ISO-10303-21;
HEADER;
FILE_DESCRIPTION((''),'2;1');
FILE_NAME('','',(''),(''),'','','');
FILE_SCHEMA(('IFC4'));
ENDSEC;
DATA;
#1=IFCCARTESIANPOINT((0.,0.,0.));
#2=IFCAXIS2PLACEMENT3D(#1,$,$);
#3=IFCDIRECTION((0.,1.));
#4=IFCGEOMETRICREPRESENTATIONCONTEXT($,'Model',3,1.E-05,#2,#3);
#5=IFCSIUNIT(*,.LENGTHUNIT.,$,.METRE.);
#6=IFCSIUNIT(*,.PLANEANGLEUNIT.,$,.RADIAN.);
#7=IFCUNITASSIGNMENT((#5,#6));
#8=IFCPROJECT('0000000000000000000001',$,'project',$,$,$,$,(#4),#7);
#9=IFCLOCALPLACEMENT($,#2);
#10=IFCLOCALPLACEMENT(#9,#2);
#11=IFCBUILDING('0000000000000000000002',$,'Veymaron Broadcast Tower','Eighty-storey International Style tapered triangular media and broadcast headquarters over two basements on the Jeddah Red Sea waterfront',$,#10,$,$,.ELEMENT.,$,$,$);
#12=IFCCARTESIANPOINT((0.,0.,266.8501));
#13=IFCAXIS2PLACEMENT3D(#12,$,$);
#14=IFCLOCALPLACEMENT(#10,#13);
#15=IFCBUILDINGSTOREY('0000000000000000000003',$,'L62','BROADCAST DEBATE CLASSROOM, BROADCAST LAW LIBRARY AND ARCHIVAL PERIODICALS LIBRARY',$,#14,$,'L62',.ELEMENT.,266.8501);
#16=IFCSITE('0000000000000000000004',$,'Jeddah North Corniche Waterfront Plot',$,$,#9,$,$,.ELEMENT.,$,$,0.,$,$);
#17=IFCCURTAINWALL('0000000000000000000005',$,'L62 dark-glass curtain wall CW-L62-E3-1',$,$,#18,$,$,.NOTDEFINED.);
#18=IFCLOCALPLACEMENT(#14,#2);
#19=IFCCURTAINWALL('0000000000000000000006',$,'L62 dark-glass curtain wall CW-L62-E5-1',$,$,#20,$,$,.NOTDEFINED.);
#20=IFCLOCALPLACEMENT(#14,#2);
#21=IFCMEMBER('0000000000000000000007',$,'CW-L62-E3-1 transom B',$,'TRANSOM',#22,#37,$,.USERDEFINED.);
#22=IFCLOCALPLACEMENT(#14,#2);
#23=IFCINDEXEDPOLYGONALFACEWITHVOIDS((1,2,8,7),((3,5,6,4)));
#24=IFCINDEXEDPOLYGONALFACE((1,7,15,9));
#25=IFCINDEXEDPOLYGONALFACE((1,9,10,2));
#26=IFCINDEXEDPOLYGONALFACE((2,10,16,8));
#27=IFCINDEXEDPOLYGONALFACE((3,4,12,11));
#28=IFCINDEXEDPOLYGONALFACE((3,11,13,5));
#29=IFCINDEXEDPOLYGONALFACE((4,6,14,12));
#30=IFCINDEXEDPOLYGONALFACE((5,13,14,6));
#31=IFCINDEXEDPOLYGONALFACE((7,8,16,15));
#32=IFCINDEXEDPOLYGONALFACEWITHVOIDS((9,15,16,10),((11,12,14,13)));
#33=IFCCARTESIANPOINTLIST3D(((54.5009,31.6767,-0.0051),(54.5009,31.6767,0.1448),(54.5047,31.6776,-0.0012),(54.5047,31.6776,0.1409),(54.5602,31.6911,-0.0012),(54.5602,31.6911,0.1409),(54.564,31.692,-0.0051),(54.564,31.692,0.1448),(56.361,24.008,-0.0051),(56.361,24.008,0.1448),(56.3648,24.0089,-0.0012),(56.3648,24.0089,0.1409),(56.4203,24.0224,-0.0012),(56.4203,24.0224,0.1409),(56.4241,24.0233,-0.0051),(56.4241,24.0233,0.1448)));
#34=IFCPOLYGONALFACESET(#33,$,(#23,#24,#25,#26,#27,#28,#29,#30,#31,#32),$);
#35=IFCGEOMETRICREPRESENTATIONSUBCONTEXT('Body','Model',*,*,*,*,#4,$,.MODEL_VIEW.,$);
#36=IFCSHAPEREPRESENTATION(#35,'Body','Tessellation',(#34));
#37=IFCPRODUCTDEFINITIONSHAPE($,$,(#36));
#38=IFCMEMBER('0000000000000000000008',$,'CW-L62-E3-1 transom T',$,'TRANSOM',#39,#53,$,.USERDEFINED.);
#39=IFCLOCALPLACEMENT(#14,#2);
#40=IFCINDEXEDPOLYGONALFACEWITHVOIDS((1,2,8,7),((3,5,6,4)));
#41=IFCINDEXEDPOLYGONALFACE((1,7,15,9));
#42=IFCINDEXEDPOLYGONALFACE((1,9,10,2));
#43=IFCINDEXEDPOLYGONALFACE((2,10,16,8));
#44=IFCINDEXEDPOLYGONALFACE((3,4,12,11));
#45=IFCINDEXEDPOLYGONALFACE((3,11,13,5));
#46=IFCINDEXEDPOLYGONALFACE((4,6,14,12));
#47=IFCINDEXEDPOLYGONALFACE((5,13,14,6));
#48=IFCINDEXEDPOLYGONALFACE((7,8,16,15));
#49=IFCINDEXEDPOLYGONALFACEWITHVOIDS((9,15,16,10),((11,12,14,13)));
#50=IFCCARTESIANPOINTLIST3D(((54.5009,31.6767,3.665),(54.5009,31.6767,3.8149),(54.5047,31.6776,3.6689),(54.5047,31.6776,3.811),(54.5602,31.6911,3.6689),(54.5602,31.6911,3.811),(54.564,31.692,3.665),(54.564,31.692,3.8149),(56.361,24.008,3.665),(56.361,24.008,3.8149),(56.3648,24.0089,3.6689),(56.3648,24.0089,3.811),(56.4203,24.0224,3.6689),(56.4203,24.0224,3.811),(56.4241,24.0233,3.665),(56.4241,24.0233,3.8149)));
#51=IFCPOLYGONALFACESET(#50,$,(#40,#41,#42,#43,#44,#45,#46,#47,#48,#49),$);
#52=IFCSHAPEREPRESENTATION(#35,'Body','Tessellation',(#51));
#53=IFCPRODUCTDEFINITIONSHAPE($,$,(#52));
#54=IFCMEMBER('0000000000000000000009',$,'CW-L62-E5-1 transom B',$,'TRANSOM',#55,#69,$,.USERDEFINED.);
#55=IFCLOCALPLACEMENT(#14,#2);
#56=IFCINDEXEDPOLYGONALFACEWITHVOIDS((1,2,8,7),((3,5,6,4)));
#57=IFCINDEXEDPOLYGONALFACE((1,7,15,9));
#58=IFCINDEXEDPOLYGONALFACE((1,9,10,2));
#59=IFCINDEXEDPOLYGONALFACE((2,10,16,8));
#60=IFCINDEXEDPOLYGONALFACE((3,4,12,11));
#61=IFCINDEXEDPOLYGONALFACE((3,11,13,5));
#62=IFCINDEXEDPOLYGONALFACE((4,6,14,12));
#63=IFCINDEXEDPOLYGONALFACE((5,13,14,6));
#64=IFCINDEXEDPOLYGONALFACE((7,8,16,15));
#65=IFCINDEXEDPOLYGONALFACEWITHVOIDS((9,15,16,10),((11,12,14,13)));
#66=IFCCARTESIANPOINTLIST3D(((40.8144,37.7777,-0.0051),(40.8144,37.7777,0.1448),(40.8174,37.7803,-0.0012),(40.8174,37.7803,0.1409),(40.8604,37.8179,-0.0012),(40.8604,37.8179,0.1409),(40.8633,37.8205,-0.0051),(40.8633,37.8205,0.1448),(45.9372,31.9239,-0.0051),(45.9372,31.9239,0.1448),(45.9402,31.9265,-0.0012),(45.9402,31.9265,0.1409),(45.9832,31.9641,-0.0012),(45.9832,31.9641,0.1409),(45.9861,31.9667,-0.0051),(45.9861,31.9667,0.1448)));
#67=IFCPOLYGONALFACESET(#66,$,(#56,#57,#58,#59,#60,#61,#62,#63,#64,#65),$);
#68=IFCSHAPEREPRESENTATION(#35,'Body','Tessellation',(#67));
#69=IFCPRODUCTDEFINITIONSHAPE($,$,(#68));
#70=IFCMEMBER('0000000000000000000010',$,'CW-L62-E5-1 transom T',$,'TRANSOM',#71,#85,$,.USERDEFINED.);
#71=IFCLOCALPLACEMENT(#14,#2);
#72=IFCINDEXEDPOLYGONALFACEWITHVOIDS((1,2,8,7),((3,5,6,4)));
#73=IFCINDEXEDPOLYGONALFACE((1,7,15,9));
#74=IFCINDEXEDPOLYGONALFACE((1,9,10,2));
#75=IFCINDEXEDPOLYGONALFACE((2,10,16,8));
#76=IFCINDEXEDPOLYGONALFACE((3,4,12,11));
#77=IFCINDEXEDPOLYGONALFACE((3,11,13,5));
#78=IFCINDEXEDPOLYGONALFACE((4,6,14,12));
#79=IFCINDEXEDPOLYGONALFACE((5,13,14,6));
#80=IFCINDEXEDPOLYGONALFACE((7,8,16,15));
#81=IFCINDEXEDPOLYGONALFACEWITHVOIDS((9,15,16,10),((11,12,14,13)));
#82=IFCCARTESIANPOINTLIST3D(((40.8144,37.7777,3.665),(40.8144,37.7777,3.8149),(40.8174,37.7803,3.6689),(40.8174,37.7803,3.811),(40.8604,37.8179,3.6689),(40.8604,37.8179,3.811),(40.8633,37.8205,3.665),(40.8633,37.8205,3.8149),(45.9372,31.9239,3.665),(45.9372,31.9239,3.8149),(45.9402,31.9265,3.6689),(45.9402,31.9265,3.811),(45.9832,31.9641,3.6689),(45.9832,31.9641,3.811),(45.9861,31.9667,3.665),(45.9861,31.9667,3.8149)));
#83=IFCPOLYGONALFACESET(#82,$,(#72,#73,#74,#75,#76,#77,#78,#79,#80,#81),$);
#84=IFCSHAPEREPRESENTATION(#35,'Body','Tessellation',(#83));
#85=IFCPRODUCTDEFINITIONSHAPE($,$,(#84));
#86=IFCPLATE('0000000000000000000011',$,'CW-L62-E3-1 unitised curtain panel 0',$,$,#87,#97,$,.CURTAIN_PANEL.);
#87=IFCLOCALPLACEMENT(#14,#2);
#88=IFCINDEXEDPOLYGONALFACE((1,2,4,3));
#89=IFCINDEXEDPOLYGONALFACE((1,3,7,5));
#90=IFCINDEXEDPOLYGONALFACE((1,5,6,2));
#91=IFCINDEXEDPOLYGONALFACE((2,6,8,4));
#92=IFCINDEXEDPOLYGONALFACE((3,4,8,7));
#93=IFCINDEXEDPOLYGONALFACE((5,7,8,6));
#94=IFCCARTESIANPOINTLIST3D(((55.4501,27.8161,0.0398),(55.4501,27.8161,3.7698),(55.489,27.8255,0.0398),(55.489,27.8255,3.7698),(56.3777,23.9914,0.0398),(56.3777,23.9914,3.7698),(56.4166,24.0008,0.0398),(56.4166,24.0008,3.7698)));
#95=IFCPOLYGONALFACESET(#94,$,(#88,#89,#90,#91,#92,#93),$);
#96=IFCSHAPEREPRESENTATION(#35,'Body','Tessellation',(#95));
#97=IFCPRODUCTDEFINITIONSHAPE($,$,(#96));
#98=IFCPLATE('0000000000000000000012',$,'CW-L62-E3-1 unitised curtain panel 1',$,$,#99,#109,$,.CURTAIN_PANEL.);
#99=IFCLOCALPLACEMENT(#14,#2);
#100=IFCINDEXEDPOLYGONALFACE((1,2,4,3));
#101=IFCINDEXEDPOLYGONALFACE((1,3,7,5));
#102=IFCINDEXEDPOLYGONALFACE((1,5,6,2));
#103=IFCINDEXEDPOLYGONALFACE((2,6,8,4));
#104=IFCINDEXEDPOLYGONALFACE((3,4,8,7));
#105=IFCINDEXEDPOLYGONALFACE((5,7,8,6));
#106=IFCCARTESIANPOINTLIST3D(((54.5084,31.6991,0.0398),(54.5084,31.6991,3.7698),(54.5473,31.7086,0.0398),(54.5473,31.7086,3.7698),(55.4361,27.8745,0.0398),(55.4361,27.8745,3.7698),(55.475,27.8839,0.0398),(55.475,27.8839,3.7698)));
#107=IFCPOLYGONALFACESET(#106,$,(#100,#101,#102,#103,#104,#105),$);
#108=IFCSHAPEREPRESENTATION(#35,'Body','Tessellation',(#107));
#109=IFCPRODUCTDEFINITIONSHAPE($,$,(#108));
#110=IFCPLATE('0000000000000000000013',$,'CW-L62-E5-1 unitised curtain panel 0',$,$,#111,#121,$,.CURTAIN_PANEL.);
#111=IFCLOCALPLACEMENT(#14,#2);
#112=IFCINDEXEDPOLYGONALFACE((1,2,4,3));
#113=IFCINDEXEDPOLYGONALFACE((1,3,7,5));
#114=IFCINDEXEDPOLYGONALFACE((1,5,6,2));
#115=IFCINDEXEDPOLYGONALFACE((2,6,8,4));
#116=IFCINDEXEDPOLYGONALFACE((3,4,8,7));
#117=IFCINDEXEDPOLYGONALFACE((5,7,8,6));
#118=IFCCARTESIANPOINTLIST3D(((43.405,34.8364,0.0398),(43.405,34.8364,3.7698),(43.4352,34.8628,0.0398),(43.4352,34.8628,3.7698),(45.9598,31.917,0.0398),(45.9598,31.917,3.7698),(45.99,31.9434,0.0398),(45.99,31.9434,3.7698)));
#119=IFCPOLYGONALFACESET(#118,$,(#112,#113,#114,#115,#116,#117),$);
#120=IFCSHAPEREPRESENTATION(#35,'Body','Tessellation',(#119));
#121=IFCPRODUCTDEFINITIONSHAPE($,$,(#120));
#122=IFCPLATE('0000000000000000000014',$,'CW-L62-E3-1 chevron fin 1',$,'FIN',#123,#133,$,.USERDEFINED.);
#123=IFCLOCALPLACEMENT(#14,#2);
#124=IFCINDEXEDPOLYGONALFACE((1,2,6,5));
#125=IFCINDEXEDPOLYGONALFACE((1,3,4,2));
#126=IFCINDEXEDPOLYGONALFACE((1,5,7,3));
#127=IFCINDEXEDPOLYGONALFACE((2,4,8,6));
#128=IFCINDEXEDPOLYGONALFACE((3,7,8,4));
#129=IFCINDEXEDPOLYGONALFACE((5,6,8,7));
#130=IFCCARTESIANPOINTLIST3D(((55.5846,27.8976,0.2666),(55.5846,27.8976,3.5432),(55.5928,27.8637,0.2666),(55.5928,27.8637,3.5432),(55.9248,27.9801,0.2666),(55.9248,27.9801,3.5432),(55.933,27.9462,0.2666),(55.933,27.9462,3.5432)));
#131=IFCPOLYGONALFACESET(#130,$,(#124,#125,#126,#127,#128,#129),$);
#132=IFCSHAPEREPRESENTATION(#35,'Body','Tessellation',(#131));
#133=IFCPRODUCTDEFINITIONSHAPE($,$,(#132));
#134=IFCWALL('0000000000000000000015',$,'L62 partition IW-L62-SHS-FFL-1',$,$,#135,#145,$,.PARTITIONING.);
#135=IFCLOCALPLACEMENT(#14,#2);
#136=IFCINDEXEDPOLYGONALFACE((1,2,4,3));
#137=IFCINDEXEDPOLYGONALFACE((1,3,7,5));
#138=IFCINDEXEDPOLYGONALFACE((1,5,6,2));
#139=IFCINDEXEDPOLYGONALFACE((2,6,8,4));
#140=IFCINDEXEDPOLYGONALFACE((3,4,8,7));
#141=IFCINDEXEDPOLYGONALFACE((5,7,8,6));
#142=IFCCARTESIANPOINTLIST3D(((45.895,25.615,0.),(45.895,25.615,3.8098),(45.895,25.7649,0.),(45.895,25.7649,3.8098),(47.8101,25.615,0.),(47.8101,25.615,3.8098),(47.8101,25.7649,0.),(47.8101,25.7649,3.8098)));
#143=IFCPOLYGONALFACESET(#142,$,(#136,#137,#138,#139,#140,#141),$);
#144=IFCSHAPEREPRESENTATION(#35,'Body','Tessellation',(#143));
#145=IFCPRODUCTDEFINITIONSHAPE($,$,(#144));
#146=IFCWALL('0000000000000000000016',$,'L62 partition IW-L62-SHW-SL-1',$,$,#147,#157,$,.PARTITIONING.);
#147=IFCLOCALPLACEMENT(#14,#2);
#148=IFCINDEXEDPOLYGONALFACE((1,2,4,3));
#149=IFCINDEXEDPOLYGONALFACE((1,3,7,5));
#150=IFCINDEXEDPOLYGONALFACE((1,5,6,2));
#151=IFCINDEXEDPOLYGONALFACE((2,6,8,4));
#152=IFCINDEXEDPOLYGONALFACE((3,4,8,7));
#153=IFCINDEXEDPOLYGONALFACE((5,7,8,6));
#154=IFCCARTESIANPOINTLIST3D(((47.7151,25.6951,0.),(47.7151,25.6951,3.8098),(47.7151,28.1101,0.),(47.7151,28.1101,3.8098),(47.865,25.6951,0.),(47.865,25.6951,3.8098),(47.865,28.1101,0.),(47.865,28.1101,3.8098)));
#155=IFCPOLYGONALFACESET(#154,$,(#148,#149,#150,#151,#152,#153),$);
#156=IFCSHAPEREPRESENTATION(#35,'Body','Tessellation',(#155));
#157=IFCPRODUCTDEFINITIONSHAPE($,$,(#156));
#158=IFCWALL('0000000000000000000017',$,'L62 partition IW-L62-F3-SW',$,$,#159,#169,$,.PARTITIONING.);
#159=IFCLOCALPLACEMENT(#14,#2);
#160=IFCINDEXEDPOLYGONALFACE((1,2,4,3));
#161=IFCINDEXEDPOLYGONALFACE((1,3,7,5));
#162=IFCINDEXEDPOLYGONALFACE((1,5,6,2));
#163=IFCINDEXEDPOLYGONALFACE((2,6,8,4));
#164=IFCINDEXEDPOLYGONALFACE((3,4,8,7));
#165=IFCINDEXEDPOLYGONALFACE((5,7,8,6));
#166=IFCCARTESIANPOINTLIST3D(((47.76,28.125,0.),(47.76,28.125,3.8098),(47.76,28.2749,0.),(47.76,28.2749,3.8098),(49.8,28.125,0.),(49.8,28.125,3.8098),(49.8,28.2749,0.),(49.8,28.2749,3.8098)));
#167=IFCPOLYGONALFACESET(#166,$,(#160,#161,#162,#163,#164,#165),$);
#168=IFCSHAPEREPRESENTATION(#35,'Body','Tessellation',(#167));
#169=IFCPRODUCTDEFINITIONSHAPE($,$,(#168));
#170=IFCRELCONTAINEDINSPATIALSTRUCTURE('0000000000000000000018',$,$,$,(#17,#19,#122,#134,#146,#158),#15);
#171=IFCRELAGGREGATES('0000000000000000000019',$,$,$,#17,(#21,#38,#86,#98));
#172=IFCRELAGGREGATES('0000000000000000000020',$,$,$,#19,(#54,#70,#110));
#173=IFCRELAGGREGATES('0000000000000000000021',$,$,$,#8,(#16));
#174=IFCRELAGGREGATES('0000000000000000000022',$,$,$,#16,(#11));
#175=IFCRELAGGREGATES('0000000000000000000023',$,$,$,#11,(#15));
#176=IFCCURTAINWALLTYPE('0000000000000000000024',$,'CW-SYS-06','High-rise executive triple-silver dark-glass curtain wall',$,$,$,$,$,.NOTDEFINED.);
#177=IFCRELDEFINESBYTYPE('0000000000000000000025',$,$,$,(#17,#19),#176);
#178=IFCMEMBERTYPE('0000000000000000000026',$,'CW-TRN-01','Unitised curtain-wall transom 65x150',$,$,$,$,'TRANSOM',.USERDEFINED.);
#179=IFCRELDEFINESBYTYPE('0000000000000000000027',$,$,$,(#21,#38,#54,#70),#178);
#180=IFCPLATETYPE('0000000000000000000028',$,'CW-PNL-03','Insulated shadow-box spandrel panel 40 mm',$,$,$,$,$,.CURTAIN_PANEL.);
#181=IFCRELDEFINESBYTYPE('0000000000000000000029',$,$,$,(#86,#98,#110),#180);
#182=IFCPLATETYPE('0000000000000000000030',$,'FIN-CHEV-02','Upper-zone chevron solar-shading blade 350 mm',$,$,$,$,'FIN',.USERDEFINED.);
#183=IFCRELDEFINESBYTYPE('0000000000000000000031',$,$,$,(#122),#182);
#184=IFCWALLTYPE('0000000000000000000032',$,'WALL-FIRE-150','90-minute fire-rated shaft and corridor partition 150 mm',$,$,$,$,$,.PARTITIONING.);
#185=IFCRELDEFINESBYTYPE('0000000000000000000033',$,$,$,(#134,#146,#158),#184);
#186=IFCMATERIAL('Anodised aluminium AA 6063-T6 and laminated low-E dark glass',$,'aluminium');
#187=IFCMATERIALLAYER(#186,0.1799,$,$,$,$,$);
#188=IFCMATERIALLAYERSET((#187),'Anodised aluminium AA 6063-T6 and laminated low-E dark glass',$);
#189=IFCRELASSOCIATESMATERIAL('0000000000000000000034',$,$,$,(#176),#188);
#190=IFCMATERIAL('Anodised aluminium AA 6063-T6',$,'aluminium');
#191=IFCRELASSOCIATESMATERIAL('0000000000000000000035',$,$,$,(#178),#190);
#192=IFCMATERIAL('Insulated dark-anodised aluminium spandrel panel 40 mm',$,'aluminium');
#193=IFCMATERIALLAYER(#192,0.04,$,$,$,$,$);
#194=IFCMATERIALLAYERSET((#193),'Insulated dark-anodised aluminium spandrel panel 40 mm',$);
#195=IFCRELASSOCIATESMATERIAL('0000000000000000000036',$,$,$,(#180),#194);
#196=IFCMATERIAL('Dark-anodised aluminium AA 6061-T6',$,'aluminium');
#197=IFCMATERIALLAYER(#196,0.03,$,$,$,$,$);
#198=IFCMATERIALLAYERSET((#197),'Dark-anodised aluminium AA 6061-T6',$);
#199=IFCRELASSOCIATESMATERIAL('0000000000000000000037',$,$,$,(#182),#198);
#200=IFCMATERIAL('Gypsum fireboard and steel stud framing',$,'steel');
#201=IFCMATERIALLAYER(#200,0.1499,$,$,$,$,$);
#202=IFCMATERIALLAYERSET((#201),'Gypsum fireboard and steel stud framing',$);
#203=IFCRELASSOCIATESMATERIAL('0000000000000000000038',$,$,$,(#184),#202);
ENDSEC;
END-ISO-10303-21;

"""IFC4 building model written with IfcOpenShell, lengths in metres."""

from ifc_helpers import new_model, si_unit, direction, frame, frame_2d, origin, origin_2d, place, context, subcontext, project, spatial, rectangle, hollow_rectangle, extrude, material, layer, layer_set, material_profile, profile_set, type_object, element, aggregate, save


model = new_model("IFC4")

# Units and contexts
model_context = context("Model", 3, precision=1e-05, world=origin(), true_north=direction((0.0, 1.0)))
body_context = subcontext(model_context, "Body", "Model", "MODEL_VIEW")
ifc_project = project(units=[si_unit("LENGTHUNIT", "METRE"), si_unit("PLANEANGLEUNIT", "RADIAN")], contexts=[model_context])

# Site, building, storey
site_placement = place(None, origin())
site = spatial("IfcSite", under=ifc_project, at=site_placement, Name="Jeddah North Corniche Waterfront Plot", CompositionType="ELEMENT", RefElevation=0.0)
building_placement = place(site_placement, origin())
building = spatial("IfcBuilding", under=site, at=building_placement, Name="Veymaron Broadcast Tower", Description="Eighty-storey International Style tapered triangular media and broadcast headquarters over two basements on the Jeddah Red Sea waterfront", CompositionType="ELEMENT")
storey_placement = place(building_placement, frame((0.0, 0.0, 266.8501)))
storey = spatial("IfcBuildingStorey", under=building, at=storey_placement, Name="L62", Description="BROADCAST DEBATE CLASSROOM, BROADCAST LAW LIBRARY AND ARCHIVAL PERIODICALS LIBRARY", LongName="L62", CompositionType="ELEMENT", Elevation=266.8501)

# Shared definitions
ifc_material_1 = material(Name="Anodised aluminium AA 6063-T6 and laminated low-E dark glass", Category="aluminium")
ifc_layer_1 = layer(ifc_material_1, 0.1799)
ifc_layer_set_1 = layer_set([ifc_layer_1], Name="Anodised aluminium AA 6063-T6 and laminated low-E dark glass")
curtain_wall_type = type_object("IfcCurtainWallType", Name="CW-SYS-06", Description="High-rise executive triple-silver dark-glass curtain wall", PredefinedType="NOTDEFINED", material=ifc_layer_set_1)
ifc_material_2 = material(Name="Anodised aluminium AA 6063-T6", Category="aluminium")

# Curtain wall
curtain_wall_1_placement = place(storey_placement, origin())
curtain_wall_1 = element("IfcCurtainWall", 1, at=curtain_wall_1_placement, inside=storey, type_object=curtain_wall_type, Name="L62 dark-glass curtain wall CW-L62-E3-1", PredefinedType="NOTDEFINED")

# Curtain wall
curtain_wall_2_placement = place(storey_placement, origin())
curtain_wall_2 = element("IfcCurtainWall", 2, at=curtain_wall_2_placement, inside=storey, type_object=curtain_wall_type, Name="L62 dark-glass curtain wall CW-L62-E5-1", PredefinedType="NOTDEFINED")

# Members
ifc_material_profile_1 = material_profile(ifc_material_2, hollow_rectangle(XDim=0.0649, YDim=0.1499, WallThickness=0.0039, at=origin_2d()), Name="AL150X65X4")
ifc_profile_set_1 = profile_set([ifc_material_profile_1], Name="Anodised aluminium AA 6063-T6")
member_type_1 = type_object("IfcMemberType", Name="CW-TRN-01", Description="Unitised curtain-wall transom 65x150", ElementType="TRANSOM", PredefinedType="USERDEFINED", material=ifc_profile_set_1)
member_1_placement = place(storey_placement, frame((56.3926, 24.0156, 0.0698), z_axis=(-0.235723, 0.97182, 0.0), x_axis=(-0.97182, -0.235723, 0.0)))
member_1 = element("IfcMember", 3, at=member_1_placement, type_object=member_type_1, Name="CW-L62-E3-1 transom B", ObjectType="TRANSOM", PredefinedType="USERDEFINED", context=body_context, shape_type="SweptSolid", body=[
    extrude(hollow_rectangle(XDim=0.0649, YDim=0.1499, WallThickness=0.0039, at=origin_2d()), origin(), (0.0, 0.0, 1.0), 7.8911),
])
member_2_placement = place(storey_placement, frame((56.3926, 24.0156, 3.74), z_axis=(-0.235723, 0.97182, 0.0), x_axis=(-0.97182, -0.235723, 0.0)))
member_2 = element("IfcMember", 4, at=member_2_placement, type_object=member_type_1, Name="CW-L62-E3-1 transom T", ObjectType="TRANSOM", PredefinedType="USERDEFINED", context=body_context, shape_type="SweptSolid", body=[
    extrude(hollow_rectangle(XDim=0.0649, YDim=0.1499, WallThickness=0.0039, at=origin_2d()), origin(), (0.0, 0.0, 1.0), 7.8911),
])
member_3_placement = place(storey_placement, frame((45.9617, 31.9453, 0.0698), z_axis=(-0.65856, 0.752528, 0.0), x_axis=(-0.752528, -0.65856, 0.0)))
member_3 = element("IfcMember", 5, at=member_3_placement, type_object=member_type_1, Name="CW-L62-E5-1 transom B", ObjectType="TRANSOM", PredefinedType="USERDEFINED", context=body_context, shape_type="SweptSolid", body=[
    extrude(hollow_rectangle(XDim=0.0649, YDim=0.1499, WallThickness=0.0039, at=origin_2d()), origin(), (0.0, 0.0, 1.0), 7.7788),
])
member_4_placement = place(storey_placement, frame((45.9617, 31.9453, 3.74), z_axis=(-0.65856, 0.752528, 0.0), x_axis=(-0.752528, -0.65856, 0.0)))
member_4 = element("IfcMember", 6, at=member_4_placement, type_object=member_type_1, Name="CW-L62-E5-1 transom T", ObjectType="TRANSOM", PredefinedType="USERDEFINED", context=body_context, shape_type="SweptSolid", body=[
    extrude(hollow_rectangle(XDim=0.0649, YDim=0.1499, WallThickness=0.0039, at=origin_2d()), origin(), (0.0, 0.0, 1.0), 7.7788),
])

# Plates
ifc_material_3 = material(Name="Insulated dark-anodised aluminium spandrel panel 40 mm", Category="aluminium")
ifc_layer_2 = layer(ifc_material_3, 0.04)
ifc_layer_set_2 = layer_set([ifc_layer_2], Name="Insulated dark-anodised aluminium spandrel panel 40 mm")
plate_type_1 = type_object("IfcPlateType", Name="CW-PNL-03", Description="Insulated shadow-box spandrel panel 40 mm", PredefinedType="CURTAIN_PANEL", material=ifc_layer_set_2)
plate_1_placement = place(storey_placement, frame((55.9333, 25.9084, 0.0398), z_axis=(0.0, 0.0, 1.0), x_axis=(-0.235702, 0.971825, 0.0)))
plate_1 = element("IfcPlate", 7, at=plate_1_placement, type_object=plate_type_1, Name="CW-L62-E3-1 unitised curtain panel 0", PredefinedType="CURTAIN_PANEL", context=body_context, shape_type="SweptSolid", body=[
    extrude(rectangle(XDim=3.9355, YDim=0.04, at=origin_2d()), origin(), (0.0, 0.0, 1.0), 3.73),
])
plate_2_placement = place(storey_placement, frame((54.9917, 29.7915, 0.0398), z_axis=(0.0, 0.0, 1.0), x_axis=(-0.235702, 0.971825, 0.0)))
plate_2 = element("IfcPlate", 8, at=plate_2_placement, type_object=plate_type_1, Name="CW-L62-E3-1 unitised curtain panel 1", PredefinedType="CURTAIN_PANEL", context=body_context, shape_type="SweptSolid", body=[
    extrude(rectangle(XDim=3.9355, YDim=0.04, at=origin_2d()), origin(), (0.0, 0.0, 1.0), 3.73),
])
aggregate(curtain_wall_1, [member_1, member_2, plate_1, plate_2])
plate_3_placement = place(storey_placement, frame((44.6975, 33.3899, 0.0398), z_axis=(0.0, 0.0, 1.0), x_axis=(-0.658558, 0.75253, 0.0)))
plate_3 = element("IfcPlate", 9, at=plate_3_placement, type_object=plate_type_1, Name="CW-L62-E5-1 unitised curtain panel 0", PredefinedType="CURTAIN_PANEL", context=body_context, shape_type="SweptSolid", body=[
    extrude(rectangle(XDim=3.8794, YDim=0.04, at=origin_2d()), origin(), (0.0, 0.0, 1.0), 3.73),
])
aggregate(curtain_wall_2, [member_3, member_4, plate_3])
ifc_material_4 = material(Name="Dark-anodised aluminium AA 6061-T6", Category="aluminium")
ifc_layer_3 = layer(ifc_material_4, 0.03)
ifc_layer_set_3 = layer_set([ifc_layer_3], Name="Dark-anodised aluminium AA 6061-T6")
plate_type_2 = type_object("IfcPlateType", Name="FIN-CHEV-02", Description="Upper-zone chevron solar-shading blade 350 mm", ElementType="FIN", PredefinedType="USERDEFINED", material=ifc_layer_set_3)
plate_4_placement = place(storey_placement, frame((55.7588, 27.9219, 0.2666), z_axis=(0.0, 0.0, 1.0), x_axis=(0.971825, 0.235702, 0.0)))
element("IfcPlate", 10, at=plate_4_placement, inside=storey, type_object=plate_type_2, Name="CW-L62-E3-1 chevron fin 1", ObjectType="FIN", PredefinedType="USERDEFINED", context=body_context, shape_type="SweptSolid", body=[
    extrude(rectangle(XDim=0.3501, YDim=0.0349, at=origin_2d()), origin(), (0.0, 0.0, 1.0), 3.2766),
])

# Shared definitions
ifc_material_5 = material(Name="Gypsum fireboard and steel stud framing", Category="steel")
ifc_layer_4 = layer(ifc_material_5, 0.1499)
ifc_layer_set_4 = layer_set([ifc_layer_4], Name="Gypsum fireboard and steel stud framing")
wall_type_1 = type_object("IfcWallType", Name="WALL-FIRE-150", Description="90-minute fire-rated shaft and corridor partition 150 mm", PredefinedType="PARTITIONING", material=ifc_layer_set_4)

# Wall
wall_1_placement = place(storey_placement, frame((45.895, 25.6899, 0.0), z_axis=(0.0, 0.0, 1.0), x_axis=(1.0, 0.0, 0.0)))
element("IfcWall", 11, at=wall_1_placement, inside=storey, type_object=wall_type_1, Name="L62 partition IW-L62-SHS-FFL-1", PredefinedType="PARTITIONING", context=body_context, shape_type="SweptSolid", body=[
    extrude(rectangle(XDim=1.915, YDim=0.1499, at=frame_2d((0.9575, 0.0))), origin(), (0.0, 0.0, 1.0), 3.8098),
])

# Walls
wall_2_placement = place(storey_placement, frame((47.79, 25.6951, 0.0), z_axis=(0.0, 0.0, 1.0), x_axis=(0.0, 1.0, 0.0)))
element("IfcWall", 12, at=wall_2_placement, inside=storey, type_object=wall_type_1, Name="L62 partition IW-L62-SHW-SL-1", PredefinedType="PARTITIONING", context=body_context, shape_type="SweptSolid", body=[
    extrude(rectangle(XDim=2.415, YDim=0.1499, at=frame_2d((1.2075, 0.0))), origin(), (0.0, 0.0, 1.0), 3.8098),
])
wall_3_placement = place(storey_placement, frame((47.76, 28.2, 0.0), z_axis=(0.0, 0.0, 1.0), x_axis=(1.0, 0.0, 0.0)))
element("IfcWall", 13, at=wall_3_placement, inside=storey, type_object=wall_type_1, Name="L62 partition IW-L62-F3-SW", PredefinedType="PARTITIONING", context=body_context, shape_type="SweptSolid", body=[
    extrude(rectangle(XDim=2.04, YDim=0.1499, at=frame_2d((1.02, 0.0))), origin(), (0.0, 0.0, 1.0), 3.8098),
])

save(model, "model.ifc")
